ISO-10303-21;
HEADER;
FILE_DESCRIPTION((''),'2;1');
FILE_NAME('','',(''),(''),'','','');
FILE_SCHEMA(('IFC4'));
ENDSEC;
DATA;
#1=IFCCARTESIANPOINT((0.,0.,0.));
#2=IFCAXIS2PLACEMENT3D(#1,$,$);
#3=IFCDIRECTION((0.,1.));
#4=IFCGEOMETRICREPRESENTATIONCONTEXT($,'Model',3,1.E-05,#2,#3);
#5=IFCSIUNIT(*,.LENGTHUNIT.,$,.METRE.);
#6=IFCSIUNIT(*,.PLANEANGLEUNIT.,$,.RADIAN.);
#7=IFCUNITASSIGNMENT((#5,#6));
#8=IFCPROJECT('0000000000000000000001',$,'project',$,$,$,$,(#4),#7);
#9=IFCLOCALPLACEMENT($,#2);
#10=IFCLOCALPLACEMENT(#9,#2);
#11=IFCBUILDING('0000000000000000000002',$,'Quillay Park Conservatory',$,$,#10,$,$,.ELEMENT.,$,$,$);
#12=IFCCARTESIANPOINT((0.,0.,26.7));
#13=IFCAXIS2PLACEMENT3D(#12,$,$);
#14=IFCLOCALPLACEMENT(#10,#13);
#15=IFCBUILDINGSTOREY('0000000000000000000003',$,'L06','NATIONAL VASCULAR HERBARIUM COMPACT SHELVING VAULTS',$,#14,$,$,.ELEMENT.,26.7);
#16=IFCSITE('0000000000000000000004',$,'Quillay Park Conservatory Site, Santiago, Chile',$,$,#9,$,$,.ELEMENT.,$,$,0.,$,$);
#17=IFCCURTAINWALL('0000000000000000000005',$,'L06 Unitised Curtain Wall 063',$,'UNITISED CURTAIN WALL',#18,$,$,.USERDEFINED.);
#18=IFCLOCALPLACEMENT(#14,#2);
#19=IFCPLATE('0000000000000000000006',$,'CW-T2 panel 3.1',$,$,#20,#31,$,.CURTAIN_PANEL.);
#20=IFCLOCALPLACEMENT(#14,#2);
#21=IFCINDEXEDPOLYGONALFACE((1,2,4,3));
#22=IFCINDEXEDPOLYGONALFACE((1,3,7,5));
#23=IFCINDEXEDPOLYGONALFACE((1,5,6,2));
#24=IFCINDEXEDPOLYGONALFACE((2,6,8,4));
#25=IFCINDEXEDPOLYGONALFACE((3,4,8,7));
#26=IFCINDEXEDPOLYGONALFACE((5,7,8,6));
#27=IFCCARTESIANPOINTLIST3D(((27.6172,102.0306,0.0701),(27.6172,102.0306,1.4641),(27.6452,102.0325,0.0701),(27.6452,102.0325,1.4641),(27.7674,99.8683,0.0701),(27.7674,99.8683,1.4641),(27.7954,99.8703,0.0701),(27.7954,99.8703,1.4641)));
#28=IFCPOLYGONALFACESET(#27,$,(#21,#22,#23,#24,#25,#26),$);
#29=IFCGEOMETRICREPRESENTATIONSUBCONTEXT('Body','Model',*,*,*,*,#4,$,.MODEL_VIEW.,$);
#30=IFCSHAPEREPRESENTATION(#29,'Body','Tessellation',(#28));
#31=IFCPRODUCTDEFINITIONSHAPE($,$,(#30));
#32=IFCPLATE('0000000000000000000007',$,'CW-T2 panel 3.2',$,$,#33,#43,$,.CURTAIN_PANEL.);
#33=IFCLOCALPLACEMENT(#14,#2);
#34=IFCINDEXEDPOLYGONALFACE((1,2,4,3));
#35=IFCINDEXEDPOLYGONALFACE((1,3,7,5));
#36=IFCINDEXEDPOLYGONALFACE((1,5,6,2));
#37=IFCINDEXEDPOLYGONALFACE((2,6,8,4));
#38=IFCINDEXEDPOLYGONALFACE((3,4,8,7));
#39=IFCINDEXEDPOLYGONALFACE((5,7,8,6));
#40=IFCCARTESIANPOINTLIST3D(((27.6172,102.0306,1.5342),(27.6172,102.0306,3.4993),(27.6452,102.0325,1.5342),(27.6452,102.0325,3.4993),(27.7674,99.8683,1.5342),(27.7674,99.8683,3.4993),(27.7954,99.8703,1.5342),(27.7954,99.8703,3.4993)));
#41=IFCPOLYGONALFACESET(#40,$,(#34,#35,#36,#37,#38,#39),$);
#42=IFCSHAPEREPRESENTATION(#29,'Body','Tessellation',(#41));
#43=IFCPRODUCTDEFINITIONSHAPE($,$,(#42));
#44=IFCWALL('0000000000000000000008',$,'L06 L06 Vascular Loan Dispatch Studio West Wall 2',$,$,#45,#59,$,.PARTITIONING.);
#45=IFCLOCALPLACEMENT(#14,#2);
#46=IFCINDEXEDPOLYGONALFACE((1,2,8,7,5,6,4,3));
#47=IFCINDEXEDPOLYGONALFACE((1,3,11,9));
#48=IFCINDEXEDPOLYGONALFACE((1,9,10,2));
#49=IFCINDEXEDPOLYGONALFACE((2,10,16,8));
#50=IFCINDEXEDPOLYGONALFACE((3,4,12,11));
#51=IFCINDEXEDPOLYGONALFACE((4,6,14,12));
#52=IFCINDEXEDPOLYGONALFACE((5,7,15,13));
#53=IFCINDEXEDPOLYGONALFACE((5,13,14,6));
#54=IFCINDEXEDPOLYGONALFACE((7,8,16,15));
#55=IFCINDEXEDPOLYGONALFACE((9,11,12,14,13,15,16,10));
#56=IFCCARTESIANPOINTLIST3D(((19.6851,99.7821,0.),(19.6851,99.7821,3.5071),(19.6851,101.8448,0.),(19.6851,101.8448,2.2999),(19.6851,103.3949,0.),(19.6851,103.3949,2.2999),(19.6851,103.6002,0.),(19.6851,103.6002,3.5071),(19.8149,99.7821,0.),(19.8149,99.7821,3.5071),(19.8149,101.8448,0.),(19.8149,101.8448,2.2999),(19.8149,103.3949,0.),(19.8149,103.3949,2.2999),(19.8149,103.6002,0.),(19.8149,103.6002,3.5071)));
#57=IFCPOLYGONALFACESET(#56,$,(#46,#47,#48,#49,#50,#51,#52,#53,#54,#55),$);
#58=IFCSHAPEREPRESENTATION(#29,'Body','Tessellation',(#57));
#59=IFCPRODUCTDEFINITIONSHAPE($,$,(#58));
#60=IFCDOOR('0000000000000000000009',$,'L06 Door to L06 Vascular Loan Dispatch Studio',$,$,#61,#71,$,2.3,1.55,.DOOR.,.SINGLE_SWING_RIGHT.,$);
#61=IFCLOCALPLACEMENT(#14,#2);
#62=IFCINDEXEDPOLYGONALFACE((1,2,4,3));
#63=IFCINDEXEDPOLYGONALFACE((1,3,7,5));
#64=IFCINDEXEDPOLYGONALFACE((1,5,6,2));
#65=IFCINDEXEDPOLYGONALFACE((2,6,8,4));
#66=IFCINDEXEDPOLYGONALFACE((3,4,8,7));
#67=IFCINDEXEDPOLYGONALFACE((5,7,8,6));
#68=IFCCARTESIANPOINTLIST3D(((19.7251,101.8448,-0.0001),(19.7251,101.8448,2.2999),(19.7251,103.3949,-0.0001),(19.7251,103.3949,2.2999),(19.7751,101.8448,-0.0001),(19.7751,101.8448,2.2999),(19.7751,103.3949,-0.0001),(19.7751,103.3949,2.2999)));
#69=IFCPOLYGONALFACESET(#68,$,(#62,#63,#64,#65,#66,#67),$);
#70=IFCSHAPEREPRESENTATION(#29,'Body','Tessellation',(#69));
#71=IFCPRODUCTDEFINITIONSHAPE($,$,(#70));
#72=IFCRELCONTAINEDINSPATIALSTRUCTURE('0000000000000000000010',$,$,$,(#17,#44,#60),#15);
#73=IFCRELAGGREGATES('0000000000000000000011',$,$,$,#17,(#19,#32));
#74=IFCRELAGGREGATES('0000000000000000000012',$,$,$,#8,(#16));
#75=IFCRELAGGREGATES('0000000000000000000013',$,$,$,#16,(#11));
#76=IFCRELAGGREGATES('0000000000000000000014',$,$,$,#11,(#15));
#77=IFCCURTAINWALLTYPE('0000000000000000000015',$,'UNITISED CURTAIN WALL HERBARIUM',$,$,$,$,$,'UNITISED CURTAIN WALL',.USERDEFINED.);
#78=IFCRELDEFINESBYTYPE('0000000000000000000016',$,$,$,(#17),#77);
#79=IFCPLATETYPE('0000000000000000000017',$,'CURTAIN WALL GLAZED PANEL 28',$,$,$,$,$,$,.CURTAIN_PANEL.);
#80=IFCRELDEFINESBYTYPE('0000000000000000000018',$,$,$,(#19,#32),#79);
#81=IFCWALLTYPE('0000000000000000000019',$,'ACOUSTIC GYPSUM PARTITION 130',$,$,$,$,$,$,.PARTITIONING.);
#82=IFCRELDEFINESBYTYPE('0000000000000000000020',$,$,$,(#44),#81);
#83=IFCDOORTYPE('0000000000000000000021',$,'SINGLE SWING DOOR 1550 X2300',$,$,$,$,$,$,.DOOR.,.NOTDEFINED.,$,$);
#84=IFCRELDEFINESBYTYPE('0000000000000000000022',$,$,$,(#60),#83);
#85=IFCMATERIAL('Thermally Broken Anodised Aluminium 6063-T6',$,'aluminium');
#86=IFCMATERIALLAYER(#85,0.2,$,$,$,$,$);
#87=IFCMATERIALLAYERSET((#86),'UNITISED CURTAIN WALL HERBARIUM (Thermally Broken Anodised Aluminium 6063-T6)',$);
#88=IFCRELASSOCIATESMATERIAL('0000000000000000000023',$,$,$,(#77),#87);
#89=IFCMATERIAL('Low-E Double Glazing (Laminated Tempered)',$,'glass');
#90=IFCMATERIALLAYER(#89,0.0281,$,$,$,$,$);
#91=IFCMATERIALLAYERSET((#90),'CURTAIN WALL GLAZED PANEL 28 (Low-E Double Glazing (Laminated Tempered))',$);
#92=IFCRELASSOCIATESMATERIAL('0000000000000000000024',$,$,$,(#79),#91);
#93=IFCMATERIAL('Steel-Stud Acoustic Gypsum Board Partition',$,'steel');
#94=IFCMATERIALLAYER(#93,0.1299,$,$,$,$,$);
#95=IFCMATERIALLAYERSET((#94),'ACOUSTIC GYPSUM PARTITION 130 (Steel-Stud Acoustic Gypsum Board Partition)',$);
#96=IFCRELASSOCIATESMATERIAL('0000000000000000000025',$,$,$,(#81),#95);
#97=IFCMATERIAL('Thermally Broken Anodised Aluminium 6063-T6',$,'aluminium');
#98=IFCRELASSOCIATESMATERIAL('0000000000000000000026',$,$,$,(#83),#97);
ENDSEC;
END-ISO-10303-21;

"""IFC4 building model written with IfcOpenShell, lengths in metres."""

from ifc_helpers import new_model, si_unit, direction, frame, frame_2d, origin, origin_2d, place, context, subcontext, project, spatial, rectangle, extrude, material, layer, layer_set, type_object, element, fill, aggregate, save


model = new_model("IFC4")

# Units and contexts
model_context = context("Model", 3, precision=1e-05, world=origin(), true_north=direction((0.0, 1.0)))
body_context = subcontext(model_context, "Body", "Model", "MODEL_VIEW")
ifc_project = project(units=[si_unit("LENGTHUNIT", "METRE"), si_unit("PLANEANGLEUNIT", "RADIAN")], contexts=[model_context])

# Site, building, storey
site_placement = place(None, origin())
site = spatial("IfcSite", under=ifc_project, at=site_placement, Name="Quillay Park Conservatory Site, Santiago, Chile", CompositionType="ELEMENT", RefElevation=0.0)
building_placement = place(site_placement, origin())
building = spatial("IfcBuilding", under=site, at=building_placement, Name="Quillay Park Conservatory", CompositionType="ELEMENT")
storey_placement = place(building_placement, frame((0.0, 0.0, 26.7)))
storey = spatial("IfcBuildingStorey", under=building, at=storey_placement, Name="L06", Description="NATIONAL VASCULAR HERBARIUM COMPACT SHELVING VAULTS", CompositionType="ELEMENT", Elevation=26.7)

# Shared definitions
ifc_material_1 = material(Name="Thermally Broken Anodised Aluminium 6063-T6", Category="aluminium")
ifc_layer_1 = layer(ifc_material_1, 0.2)
ifc_layer_set_1 = layer_set([ifc_layer_1], Name="UNITISED CURTAIN WALL HERBARIUM (Thermally Broken Anodised Aluminium 6063-T6)")
curtain_wall_type = type_object("IfcCurtainWallType", Name="UNITISED CURTAIN WALL HERBARIUM", ElementType="UNITISED CURTAIN WALL", PredefinedType="USERDEFINED", material=ifc_layer_set_1)

# Curtain wall
curtain_wall_1_placement = place(storey_placement, origin())
curtain_wall_1 = element("IfcCurtainWall", 1, at=curtain_wall_1_placement, inside=storey, type_object=curtain_wall_type, Name="L06 Unitised Curtain Wall 063", ObjectType="UNITISED CURTAIN WALL", PredefinedType="USERDEFINED")

# Plates
ifc_material_2 = material(Name="Low-E Double Glazing (Laminated Tempered)", Category="glass")
ifc_layer_2 = layer(ifc_material_2, 0.0281)
ifc_layer_set_2 = layer_set([ifc_layer_2], Name="CURTAIN WALL GLAZED PANEL 28 (Low-E Double Glazing (Laminated Tempered))")
plate_type = type_object("IfcPlateType", Name="CURTAIN WALL GLAZED PANEL 28", PredefinedType="CURTAIN_PANEL", material=ifc_layer_set_2)
plate_1_placement = place(storey_placement, frame((27.7063, 100.9504, 0.0701), z_axis=(0.0, 0.0, 1.0), x_axis=(0.069264, -0.997598, 0.0)))
plate_1 = element("IfcPlate", 2, at=plate_1_placement, type_object=plate_type, Name="CW-T2 panel 3.1", PredefinedType="CURTAIN_PANEL", context=body_context, shape_type="SweptSolid", body=[
    extrude(rectangle(XDim=2.1675, YDim=0.0281, at=origin_2d()), origin(), (0.0, 0.0, 1.0), 1.394),
])
plate_2_placement = place(storey_placement, frame((27.7063, 100.9504, 1.5342), z_axis=(0.0, 0.0, 1.0), x_axis=(0.069264, -0.997598, 0.0)))
plate_2 = element("IfcPlate", 3, at=plate_2_placement, type_object=plate_type, Name="CW-T2 panel 3.2", PredefinedType="CURTAIN_PANEL", context=body_context, shape_type="SweptSolid", body=[
    extrude(rectangle(XDim=2.1675, YDim=0.0281, at=origin_2d()), origin(), (0.0, 0.0, 1.0), 1.9651),
])
aggregate(curtain_wall_1, [plate_1, plate_2])

# Wall, opening, door
ifc_material_3 = material(Name="Steel-Stud Acoustic Gypsum Board Partition", Category="steel")
ifc_layer_3 = layer(ifc_material_3, 0.1299)
ifc_layer_set_3 = layer_set([ifc_layer_3], Name="ACOUSTIC GYPSUM PARTITION 130 (Steel-Stud Acoustic Gypsum Board Partition)")
wall_type = type_object("IfcWallType", Name="ACOUSTIC GYPSUM PARTITION 130", PredefinedType="PARTITIONING", material=ifc_layer_set_3)
wall_placement = place(storey_placement, frame((19.75, 99.782, 0.0), z_axis=(0.0, 0.0, 1.0), x_axis=(0.0, 1.0, 0.0)))
wall = element("IfcWall", 4, at=wall_placement, inside=storey, type_object=wall_type, Name="L06 L06 Vascular Loan Dispatch Studio West Wall 2", PredefinedType="PARTITIONING", context=body_context, shape_type="SweptSolid", body=[
    extrude(rectangle(XDim=3.8181, YDim=0.1299, at=frame_2d((1.9092, 0.0))), origin(), (0.0, 0.0, 1.0), 3.5071),
])
opening_placement = place(wall_placement, frame((2.063, 0.0, 0.0)))
opening = element("IfcOpeningElement", 5, at=opening_placement, cuts=wall, PredefinedType="OPENING", context=body_context, shape_type="SweptSolid", body=[
    extrude(rectangle(XDim=1.55, YDim=2.3, at=frame_2d((0.7749, 1.1499))), frame((0.0, 0.0649, 0.0), z_axis=(0.0, -1.0, 0.0), x_axis=(1.0, 0.0, 0.0)), (0.0, 0.0, 1.0), 0.1299),
])
ifc_material_4 = material(Name="Thermally Broken Anodised Aluminium 6063-T6", Category="aluminium")
door_type = type_object("IfcDoorType", Name="SINGLE SWING DOOR 1550 X2300", OperationType="NOTDEFINED", PredefinedType="DOOR", material=ifc_material_4)
door_placement = place(opening_placement, origin())
door = element("IfcDoor", 6, at=door_placement, inside=storey, type_object=door_type, Name="L06 Door to L06 Vascular Loan Dispatch Studio", OperationType="SINGLE_SWING_RIGHT", OverallHeight=2.3, OverallWidth=1.55, PredefinedType="DOOR", context=body_context, shape_type="SweptSolid", body=[
    extrude(rectangle(XDim=1.55, YDim=2.3, at=frame_2d((0.7749, 1.1499))), frame((0.0, 0.0249, 0.0), z_axis=(0.0, -1.0, 0.0), x_axis=(1.0, 0.0, 0.0)), (0.0, 0.0, 1.0), 0.05),
])
fill(opening, door)

save(model, "model.ifc")
